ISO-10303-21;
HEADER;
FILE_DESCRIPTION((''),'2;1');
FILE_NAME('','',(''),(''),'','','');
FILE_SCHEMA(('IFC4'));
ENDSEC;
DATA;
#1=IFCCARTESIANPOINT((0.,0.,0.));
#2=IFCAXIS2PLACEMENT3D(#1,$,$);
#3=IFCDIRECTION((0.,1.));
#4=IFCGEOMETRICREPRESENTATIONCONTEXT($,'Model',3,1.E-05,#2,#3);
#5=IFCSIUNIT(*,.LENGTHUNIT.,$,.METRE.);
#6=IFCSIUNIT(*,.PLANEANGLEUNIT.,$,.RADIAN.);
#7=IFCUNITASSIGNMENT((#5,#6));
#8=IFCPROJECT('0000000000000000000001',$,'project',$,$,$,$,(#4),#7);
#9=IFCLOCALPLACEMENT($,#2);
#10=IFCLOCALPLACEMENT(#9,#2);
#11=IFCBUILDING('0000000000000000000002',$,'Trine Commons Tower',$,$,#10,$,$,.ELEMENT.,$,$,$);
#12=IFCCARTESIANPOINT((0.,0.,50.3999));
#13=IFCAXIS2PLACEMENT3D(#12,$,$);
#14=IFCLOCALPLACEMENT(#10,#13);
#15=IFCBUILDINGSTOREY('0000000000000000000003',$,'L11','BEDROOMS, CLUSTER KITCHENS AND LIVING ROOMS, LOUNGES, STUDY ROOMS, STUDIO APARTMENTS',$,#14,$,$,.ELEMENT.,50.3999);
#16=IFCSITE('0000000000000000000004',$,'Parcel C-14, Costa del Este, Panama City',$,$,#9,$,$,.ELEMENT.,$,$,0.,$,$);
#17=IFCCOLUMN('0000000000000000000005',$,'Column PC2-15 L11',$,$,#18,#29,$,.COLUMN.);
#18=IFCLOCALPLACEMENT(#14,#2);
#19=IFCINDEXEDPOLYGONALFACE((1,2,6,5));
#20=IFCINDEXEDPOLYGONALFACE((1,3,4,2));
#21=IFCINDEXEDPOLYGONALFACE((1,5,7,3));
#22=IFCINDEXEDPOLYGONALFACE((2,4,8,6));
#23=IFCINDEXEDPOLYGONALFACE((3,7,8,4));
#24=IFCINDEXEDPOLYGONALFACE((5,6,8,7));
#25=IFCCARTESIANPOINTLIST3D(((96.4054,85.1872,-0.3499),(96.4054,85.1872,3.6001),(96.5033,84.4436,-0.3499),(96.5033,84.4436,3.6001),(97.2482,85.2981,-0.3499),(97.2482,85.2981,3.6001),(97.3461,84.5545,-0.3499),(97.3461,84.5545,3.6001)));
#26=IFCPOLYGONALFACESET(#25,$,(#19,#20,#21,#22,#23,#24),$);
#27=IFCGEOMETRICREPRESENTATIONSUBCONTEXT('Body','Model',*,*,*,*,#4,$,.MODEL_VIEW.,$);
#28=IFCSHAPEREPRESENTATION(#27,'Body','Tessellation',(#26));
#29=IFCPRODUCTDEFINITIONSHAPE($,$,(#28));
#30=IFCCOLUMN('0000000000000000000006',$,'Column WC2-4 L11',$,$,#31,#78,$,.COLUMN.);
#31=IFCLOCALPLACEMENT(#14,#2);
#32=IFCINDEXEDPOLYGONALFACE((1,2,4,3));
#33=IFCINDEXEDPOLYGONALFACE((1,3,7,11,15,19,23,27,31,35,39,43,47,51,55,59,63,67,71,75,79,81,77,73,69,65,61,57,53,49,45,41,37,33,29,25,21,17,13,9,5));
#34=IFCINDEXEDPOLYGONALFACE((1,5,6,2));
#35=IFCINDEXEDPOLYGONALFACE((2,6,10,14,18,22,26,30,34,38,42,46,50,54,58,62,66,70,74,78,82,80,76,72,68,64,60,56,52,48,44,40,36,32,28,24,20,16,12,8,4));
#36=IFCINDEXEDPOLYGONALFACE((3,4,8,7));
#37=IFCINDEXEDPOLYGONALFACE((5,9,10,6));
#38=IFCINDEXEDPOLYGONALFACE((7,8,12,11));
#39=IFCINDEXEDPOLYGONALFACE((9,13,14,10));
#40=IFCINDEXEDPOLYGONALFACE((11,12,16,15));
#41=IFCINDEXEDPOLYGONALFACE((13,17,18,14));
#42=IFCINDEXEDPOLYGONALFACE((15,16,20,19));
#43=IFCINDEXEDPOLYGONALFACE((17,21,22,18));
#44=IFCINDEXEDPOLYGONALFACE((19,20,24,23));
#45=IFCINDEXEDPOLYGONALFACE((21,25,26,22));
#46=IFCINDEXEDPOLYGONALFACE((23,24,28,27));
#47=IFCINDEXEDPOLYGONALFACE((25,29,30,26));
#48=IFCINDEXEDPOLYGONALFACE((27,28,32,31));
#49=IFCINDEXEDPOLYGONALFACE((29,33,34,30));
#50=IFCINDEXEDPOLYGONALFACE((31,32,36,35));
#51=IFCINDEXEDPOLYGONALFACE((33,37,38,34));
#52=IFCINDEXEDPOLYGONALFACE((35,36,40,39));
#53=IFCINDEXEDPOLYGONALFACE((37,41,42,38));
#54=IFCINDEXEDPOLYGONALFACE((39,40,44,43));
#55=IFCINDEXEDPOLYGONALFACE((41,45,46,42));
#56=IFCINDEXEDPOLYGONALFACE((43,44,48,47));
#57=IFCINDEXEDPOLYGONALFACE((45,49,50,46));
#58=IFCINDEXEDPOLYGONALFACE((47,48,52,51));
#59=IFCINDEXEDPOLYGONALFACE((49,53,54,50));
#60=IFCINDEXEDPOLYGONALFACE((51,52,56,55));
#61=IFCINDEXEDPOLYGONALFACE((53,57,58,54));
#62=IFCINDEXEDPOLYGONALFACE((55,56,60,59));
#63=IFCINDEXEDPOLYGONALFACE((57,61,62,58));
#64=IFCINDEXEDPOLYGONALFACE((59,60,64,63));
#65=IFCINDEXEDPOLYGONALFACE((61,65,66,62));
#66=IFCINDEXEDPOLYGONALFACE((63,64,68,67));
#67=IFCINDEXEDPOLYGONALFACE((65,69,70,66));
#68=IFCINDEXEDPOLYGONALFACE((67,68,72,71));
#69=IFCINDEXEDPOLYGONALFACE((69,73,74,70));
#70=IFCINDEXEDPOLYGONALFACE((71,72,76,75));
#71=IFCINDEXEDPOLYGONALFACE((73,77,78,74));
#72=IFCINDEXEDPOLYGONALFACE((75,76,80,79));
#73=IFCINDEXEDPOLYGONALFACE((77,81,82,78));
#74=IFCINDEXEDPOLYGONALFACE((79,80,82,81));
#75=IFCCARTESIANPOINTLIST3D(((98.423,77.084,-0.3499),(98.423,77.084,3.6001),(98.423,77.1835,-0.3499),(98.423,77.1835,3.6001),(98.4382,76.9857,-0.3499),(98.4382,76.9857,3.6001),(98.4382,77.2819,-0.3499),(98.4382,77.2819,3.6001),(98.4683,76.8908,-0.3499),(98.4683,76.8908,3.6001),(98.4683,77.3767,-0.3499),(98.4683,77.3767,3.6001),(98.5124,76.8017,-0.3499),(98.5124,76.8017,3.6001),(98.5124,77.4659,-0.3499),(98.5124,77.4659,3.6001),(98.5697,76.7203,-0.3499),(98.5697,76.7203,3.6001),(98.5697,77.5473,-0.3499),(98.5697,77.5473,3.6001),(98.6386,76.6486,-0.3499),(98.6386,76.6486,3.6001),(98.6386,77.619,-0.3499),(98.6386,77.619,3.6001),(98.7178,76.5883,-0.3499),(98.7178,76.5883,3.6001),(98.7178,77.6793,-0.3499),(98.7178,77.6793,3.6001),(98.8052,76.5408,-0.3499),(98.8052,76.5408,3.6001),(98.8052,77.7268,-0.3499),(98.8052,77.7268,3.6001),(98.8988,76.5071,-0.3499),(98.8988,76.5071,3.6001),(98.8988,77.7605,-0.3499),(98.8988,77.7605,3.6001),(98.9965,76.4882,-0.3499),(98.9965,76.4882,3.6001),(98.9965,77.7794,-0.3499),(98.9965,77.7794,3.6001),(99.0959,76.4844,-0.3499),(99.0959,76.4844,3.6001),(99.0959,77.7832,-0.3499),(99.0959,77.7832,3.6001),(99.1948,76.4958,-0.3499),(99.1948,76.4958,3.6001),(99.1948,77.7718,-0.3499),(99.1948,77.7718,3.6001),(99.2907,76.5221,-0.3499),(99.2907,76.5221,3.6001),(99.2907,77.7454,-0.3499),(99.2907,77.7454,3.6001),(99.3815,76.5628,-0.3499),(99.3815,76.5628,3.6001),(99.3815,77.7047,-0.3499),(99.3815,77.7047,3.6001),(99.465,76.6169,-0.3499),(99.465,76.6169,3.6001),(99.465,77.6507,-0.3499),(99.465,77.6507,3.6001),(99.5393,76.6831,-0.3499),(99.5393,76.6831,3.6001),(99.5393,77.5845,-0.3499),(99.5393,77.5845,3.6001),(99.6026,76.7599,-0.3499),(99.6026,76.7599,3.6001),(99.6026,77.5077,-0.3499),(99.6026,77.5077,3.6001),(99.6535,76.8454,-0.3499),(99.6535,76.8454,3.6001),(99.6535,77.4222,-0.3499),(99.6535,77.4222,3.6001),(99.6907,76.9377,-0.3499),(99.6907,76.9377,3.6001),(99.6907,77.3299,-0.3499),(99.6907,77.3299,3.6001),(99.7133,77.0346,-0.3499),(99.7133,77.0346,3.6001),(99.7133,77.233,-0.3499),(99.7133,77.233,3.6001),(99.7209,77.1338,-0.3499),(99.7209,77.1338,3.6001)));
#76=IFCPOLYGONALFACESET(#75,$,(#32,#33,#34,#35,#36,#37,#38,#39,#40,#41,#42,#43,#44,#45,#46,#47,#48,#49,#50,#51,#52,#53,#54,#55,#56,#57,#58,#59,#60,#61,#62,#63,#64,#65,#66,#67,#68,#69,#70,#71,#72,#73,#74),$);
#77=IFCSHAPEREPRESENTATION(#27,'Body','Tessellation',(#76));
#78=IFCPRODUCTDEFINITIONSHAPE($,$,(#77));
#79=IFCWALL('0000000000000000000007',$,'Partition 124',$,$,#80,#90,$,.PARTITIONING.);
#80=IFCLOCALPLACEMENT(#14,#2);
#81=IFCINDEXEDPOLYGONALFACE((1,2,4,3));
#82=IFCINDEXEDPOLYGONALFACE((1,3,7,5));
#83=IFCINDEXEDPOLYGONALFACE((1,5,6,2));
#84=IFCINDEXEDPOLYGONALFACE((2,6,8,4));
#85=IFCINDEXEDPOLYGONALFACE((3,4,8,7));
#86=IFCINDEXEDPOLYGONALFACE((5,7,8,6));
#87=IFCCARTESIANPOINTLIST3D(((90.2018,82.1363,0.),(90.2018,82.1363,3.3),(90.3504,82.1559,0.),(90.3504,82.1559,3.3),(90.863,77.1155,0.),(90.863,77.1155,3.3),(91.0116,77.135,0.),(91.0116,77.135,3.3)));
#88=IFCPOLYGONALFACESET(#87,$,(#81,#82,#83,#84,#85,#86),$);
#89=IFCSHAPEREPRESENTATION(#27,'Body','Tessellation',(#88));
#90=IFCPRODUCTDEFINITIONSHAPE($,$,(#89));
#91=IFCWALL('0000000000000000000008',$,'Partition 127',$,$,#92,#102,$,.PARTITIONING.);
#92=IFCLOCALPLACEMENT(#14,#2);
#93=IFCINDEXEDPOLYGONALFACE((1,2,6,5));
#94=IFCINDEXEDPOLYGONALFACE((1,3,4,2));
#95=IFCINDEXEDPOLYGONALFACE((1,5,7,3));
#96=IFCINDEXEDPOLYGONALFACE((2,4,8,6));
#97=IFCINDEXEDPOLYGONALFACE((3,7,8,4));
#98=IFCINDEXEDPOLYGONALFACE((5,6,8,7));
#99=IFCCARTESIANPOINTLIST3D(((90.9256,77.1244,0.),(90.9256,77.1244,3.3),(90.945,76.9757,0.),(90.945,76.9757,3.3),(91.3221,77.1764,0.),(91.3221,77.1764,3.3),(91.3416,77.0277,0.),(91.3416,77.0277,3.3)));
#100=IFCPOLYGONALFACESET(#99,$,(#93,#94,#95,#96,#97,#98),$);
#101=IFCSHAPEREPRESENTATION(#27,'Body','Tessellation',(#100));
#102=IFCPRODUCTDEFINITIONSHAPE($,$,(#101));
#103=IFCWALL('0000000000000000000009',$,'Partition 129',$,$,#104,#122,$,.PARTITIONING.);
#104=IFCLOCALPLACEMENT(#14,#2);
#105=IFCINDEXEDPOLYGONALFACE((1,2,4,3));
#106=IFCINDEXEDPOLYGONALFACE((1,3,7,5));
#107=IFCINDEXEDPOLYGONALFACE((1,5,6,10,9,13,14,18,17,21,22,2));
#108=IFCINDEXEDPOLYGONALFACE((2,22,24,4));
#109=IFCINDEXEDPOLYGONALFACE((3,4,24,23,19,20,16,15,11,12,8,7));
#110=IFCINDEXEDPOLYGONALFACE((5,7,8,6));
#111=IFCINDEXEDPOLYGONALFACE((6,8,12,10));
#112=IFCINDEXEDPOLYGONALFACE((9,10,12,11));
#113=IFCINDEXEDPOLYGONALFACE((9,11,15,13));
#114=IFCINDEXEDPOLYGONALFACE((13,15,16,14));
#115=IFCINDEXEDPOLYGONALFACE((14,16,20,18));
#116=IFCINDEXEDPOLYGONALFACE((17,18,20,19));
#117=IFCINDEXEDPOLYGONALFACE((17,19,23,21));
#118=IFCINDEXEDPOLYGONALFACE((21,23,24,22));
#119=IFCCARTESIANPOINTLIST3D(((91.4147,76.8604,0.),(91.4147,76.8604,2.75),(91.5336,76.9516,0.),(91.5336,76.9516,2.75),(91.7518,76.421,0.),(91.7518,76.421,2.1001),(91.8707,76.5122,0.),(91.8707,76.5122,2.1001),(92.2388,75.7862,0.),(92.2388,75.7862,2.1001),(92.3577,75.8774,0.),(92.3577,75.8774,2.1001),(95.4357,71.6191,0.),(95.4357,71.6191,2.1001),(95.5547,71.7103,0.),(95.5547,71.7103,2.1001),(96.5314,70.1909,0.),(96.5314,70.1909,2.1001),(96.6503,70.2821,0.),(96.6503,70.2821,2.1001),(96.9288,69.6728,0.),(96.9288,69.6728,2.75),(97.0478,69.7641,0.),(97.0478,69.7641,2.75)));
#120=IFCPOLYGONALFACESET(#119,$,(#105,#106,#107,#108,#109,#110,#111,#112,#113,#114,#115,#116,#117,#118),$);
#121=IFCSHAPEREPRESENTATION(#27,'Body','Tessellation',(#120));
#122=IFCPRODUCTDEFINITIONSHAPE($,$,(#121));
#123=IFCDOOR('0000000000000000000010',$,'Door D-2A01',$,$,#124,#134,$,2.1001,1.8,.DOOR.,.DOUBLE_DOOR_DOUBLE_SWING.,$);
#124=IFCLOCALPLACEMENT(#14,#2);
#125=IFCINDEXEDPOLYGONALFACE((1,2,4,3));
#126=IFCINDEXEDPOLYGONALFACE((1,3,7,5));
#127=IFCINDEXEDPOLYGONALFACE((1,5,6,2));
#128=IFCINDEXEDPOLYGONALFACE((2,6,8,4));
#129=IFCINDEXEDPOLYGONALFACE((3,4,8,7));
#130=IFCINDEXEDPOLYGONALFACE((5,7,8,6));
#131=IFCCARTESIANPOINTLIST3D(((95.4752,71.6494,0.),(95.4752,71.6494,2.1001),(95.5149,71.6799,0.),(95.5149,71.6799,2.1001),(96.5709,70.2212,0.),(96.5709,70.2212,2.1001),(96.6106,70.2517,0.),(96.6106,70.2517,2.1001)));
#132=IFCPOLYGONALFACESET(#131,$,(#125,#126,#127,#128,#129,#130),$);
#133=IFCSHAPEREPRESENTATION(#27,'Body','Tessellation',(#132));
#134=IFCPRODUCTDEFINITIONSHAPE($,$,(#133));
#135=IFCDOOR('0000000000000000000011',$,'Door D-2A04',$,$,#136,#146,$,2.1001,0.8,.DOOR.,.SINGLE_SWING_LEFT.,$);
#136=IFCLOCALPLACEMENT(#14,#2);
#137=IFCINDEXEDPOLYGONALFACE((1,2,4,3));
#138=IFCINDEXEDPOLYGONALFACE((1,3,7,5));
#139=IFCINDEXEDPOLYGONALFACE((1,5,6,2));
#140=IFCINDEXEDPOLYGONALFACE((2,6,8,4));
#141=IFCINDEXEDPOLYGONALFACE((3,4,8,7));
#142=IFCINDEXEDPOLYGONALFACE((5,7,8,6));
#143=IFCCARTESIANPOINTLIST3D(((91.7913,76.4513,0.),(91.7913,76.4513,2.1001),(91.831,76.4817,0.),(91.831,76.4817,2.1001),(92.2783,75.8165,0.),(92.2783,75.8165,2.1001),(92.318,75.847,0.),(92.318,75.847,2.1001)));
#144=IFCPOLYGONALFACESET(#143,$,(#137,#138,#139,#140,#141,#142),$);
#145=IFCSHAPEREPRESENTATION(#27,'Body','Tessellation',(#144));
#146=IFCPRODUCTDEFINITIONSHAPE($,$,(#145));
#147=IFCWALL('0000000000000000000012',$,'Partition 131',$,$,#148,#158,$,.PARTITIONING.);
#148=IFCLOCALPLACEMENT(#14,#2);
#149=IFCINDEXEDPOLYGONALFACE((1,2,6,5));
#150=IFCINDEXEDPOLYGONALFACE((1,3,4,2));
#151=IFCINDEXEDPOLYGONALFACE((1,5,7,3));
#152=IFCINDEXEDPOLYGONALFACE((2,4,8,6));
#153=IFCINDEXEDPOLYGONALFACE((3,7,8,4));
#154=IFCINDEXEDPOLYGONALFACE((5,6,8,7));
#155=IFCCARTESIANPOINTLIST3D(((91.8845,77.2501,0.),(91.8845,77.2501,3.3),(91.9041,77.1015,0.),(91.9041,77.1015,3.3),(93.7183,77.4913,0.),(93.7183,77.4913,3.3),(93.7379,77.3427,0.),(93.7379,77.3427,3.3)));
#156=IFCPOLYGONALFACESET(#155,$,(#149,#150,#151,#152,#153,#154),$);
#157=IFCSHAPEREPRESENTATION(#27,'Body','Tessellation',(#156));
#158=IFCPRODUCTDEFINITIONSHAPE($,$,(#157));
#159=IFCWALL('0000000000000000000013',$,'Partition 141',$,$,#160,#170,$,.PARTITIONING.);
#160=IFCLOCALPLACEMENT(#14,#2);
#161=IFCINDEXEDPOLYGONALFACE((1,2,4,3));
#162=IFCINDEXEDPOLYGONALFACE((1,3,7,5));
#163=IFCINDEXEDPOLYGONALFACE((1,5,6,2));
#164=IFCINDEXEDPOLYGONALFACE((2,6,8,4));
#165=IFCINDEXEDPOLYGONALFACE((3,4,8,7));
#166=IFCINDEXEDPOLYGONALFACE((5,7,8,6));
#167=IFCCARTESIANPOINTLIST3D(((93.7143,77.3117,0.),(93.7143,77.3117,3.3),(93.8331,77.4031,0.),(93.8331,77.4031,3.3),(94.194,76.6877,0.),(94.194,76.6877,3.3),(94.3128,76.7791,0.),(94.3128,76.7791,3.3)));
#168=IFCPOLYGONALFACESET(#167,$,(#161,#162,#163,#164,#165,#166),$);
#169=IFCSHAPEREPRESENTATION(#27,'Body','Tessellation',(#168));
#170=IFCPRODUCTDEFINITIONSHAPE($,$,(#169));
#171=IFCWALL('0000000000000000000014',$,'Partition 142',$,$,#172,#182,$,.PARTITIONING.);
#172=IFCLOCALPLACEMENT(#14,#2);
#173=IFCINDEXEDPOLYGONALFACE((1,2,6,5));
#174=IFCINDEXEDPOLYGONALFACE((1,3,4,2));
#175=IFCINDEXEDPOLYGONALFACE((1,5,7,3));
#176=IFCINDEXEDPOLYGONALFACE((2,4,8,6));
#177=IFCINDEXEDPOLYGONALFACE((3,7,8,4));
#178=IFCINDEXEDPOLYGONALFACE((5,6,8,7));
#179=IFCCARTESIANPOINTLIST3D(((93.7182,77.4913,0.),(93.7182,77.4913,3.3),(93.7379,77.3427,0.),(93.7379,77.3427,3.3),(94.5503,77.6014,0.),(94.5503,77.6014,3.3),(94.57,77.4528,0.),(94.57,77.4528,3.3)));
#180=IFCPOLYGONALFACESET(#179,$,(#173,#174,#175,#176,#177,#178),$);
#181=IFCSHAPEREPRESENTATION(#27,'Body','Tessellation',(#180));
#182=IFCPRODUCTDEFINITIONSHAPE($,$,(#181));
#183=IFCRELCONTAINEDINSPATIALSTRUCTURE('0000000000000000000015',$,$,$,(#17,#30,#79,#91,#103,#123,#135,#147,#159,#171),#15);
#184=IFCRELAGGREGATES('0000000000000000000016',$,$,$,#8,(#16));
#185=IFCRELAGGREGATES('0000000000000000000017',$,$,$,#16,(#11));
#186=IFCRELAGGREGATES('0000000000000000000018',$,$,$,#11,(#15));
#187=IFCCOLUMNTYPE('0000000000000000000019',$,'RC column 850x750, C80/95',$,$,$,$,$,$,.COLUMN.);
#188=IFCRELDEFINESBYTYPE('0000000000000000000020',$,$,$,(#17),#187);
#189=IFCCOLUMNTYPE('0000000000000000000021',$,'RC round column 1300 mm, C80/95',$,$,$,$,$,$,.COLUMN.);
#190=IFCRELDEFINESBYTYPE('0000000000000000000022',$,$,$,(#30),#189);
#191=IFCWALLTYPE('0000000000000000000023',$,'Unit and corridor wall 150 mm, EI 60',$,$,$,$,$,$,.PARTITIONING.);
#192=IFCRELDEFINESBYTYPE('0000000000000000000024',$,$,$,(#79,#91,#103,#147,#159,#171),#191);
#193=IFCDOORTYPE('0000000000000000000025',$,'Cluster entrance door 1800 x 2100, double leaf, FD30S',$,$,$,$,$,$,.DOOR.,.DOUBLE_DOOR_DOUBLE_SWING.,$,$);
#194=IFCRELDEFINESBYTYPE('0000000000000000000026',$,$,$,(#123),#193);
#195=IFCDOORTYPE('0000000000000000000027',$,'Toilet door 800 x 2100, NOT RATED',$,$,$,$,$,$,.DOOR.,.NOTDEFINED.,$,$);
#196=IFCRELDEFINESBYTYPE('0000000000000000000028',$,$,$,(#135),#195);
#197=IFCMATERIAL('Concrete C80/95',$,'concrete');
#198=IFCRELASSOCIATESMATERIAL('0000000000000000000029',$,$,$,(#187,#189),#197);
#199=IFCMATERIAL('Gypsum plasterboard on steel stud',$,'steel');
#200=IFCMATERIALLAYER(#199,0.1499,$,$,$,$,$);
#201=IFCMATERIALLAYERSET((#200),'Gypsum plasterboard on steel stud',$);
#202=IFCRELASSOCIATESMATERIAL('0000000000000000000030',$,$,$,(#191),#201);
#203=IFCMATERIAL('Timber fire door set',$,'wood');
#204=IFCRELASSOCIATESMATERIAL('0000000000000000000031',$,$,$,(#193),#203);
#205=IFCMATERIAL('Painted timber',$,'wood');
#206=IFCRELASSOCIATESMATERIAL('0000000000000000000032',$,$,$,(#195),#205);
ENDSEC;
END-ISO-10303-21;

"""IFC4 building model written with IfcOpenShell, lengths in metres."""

from ifc_helpers import new_model, si_unit, direction, frame, frame_2d, origin, origin_2d, place, context, subcontext, project, spatial, rectangle, circle, extrude, material, layer, layer_set, material_profile, profile_set, type_object, element, fill, save


model = new_model("IFC4")

# Units and contexts
model_context = context("Model", 3, precision=1e-05, world=origin(), true_north=direction((0.0, 1.0)))
body_context = subcontext(model_context, "Body", "Model", "MODEL_VIEW")
ifc_project = project(units=[si_unit("LENGTHUNIT", "METRE"), si_unit("PLANEANGLEUNIT", "RADIAN")], contexts=[model_context])

# Site, building, storey
site_placement = place(None, origin())
site = spatial("IfcSite", under=ifc_project, at=site_placement, Name="Parcel C-14, Costa del Este, Panama City", CompositionType="ELEMENT", RefElevation=0.0)
building_placement = place(site_placement, origin())
building = spatial("IfcBuilding", under=site, at=building_placement, Name="Trine Commons Tower", CompositionType="ELEMENT")
storey_placement = place(building_placement, frame((0.0, 0.0, 50.3999)))
storey = spatial("IfcBuildingStorey", under=building, at=storey_placement, Name="L11", Description="BEDROOMS, CLUSTER KITCHENS AND LIVING ROOMS, LOUNGES, STUDY ROOMS, STUDIO APARTMENTS", CompositionType="ELEMENT", Elevation=50.3999)

# Columns
ifc_material_1 = material(Name="Concrete C80/95", Category="concrete")
ifc_material_profile_1 = material_profile(ifc_material_1, rectangle(XDim=0.8501, YDim=0.75, at=origin_2d()), Name="RC 850x750")
ifc_profile_set_1 = profile_set([ifc_material_profile_1], Name="Concrete C80/95")
column_type_1 = type_object("IfcColumnType", Name="RC column 850x750, C80/95", PredefinedType="COLUMN", material=ifc_profile_set_1)
column_1_placement = place(storey_placement, frame((96.8757, 84.8708, -0.3499), z_axis=(0.0, 0.0, 1.0), x_axis=(0.991445, 0.130526, 0.0)))
element("IfcColumn", 1, at=column_1_placement, inside=storey, type_object=column_type_1, Name="Column PC2-15 L11", PredefinedType="COLUMN", context=body_context, shape_type="SweptSolid", body=[
    extrude(rectangle(XDim=0.8501, YDim=0.75, at=origin_2d()), origin(), (0.0, 0.0, 1.0), 3.95),
])
ifc_material_profile_2 = material_profile(ifc_material_1, circle(Radius=0.6499, at=origin_2d()), Name="RC round 1300")
ifc_profile_set_2 = profile_set([ifc_material_profile_2], Name="Concrete C80/95")
column_type_2 = type_object("IfcColumnType", Name="RC round column 1300 mm, C80/95", PredefinedType="COLUMN", material=ifc_profile_set_2)
column_2_placement = place(storey_placement, frame((99.071, 77.1338, -0.3499), z_axis=(0.0, 0.0, 1.0), x_axis=(1.0, 0.0, 0.0)))
element("IfcColumn", 2, at=column_2_placement, inside=storey, type_object=column_type_2, Name="Column WC2-4 L11", PredefinedType="COLUMN", context=body_context, shape_type="SweptSolid", body=[
    extrude(circle(Radius=0.6499, at=origin_2d()), origin(), (0.0, 0.0, 1.0), 3.95),
])

# Walls
ifc_material_2 = material(Name="Gypsum plasterboard on steel stud", Category="steel")
ifc_layer_1 = layer(ifc_material_2, 0.1499)
ifc_layer_set_1 = layer_set([ifc_layer_1], Name="Gypsum plasterboard on steel stud")
wall_type_1 = type_object("IfcWallType", Name="Unit and corridor wall 150 mm, EI 60", PredefinedType="PARTITIONING", material=ifc_layer_set_1)
wall_1_placement = place(storey_placement, frame((90.2761, 82.1462, 0.0), z_axis=(0.0, 0.0, 1.0), x_axis=(0.130553, -0.991441, 0.0)))
element("IfcWall", 3, at=wall_1_placement, inside=storey, type_object=wall_type_1, Name="Partition 124", PredefinedType="PARTITIONING", context=body_context, shape_type="SweptSolid", body=[
    extrude(rectangle(XDim=5.0642, YDim=0.1499, at=frame_2d((2.5322, 0.0))), origin(), (0.0, 0.0, 1.0), 3.3),
])
wall_2_placement = place(storey_placement, frame((90.9353, 77.05, 0.0), z_axis=(0.0, 0.0, 1.0), x_axis=(0.991508, 0.130044, 0.0)))
element("IfcWall", 4, at=wall_2_placement, inside=storey, type_object=wall_type_1, Name="Partition 127", PredefinedType="PARTITIONING", context=body_context, shape_type="SweptSolid", body=[
    extrude(rectangle(XDim=0.3999, YDim=0.1499, at=frame_2d((0.2, 0.0))), origin(), (0.0, 0.0, 1.0), 3.3),
])

# Wall, openings, doors
wall_3_placement = place(storey_placement, frame((91.4741, 76.906, 0.0), z_axis=(0.0, 0.0, 1.0), x_axis=(0.608692, -0.793407, 0.0)))
wall_3 = element("IfcWall", 5, at=wall_3_placement, inside=storey, type_object=wall_type_1, Name="Partition 129", PredefinedType="PARTITIONING", context=body_context, shape_type="SweptSolid", body=[
    extrude(rectangle(XDim=9.0591, YDim=0.1499, at=frame_2d((4.5295, 0.0))), origin(), (0.0, 0.0, 1.0), 2.75),
])
opening_1_placement = place(wall_3_placement, frame((6.6062, 0.0, 0.0)))
opening_1 = element("IfcOpeningElement", 6, at=opening_1_placement, cuts=wall_3, PredefinedType="OPENING", context=body_context, shape_type="SweptSolid", body=[
    extrude(rectangle(XDim=1.8, YDim=2.1001, at=frame_2d((0.8999, 1.05))), frame((0.0, 0.085, 0.0), z_axis=(0.0, -1.0, 0.0), x_axis=(1.0, 0.0, 0.0)), (0.0, 0.0, 1.0), 0.1699),
])
opening_2_placement = place(wall_3_placement, frame((0.554, 0.0, 0.0)))
opening_2 = element("IfcOpeningElement", 7, at=opening_2_placement, cuts=wall_3, PredefinedType="OPENING", context=body_context, shape_type="SweptSolid", body=[
    extrude(rectangle(XDim=0.8, YDim=2.1001, at=frame_2d((0.3999, 1.05))), frame((0.0, 0.085, 0.0), z_axis=(0.0, -1.0, 0.0), x_axis=(1.0, 0.0, 0.0)), (0.0, 0.0, 1.0), 0.1699),
])
ifc_material_3 = material(Name="Timber fire door set", Category="wood")
door_type_1 = type_object("IfcDoorType", Name="Cluster entrance door 1800 x 2100, double leaf, FD30S", OperationType="DOUBLE_DOOR_DOUBLE_SWING", PredefinedType="DOOR", material=ifc_material_3)
door_1_placement = place(opening_1_placement, origin())
door_1 = element("IfcDoor", 8, at=door_1_placement, inside=storey, type_object=door_type_1, Name="Door D-2A01", OperationType="DOUBLE_DOOR_DOUBLE_SWING", OverallHeight=2.1001, OverallWidth=1.8, PredefinedType="DOOR", context=body_context, shape_type="SweptSolid", body=[
    extrude(rectangle(XDim=1.8, YDim=2.1001, at=frame_2d((0.8999, 1.05))), frame((0.0, 0.0249, 0.0), z_axis=(0.0, -1.0, 0.0), x_axis=(1.0, 0.0, 0.0)), (0.0, 0.0, 1.0), 0.05),
])
fill(opening_1, door_1)
ifc_material_4 = material(Name="Painted timber", Category="wood")
door_type_2 = type_object("IfcDoorType", Name="Toilet door 800 x 2100, NOT RATED", OperationType="NOTDEFINED", PredefinedType="DOOR", material=ifc_material_4)
door_2_placement = place(opening_2_placement, origin())
door_2 = element("IfcDoor", 9, at=door_2_placement, inside=storey, type_object=door_type_2, Name="Door D-2A04", OperationType="SINGLE_SWING_LEFT", OverallHeight=2.1001, OverallWidth=0.8, PredefinedType="DOOR", context=body_context, shape_type="SweptSolid", body=[
    extrude(rectangle(XDim=0.8, YDim=2.1001, at=frame_2d((0.3999, 1.05))), frame((0.0, 0.0249, 0.0), z_axis=(0.0, -1.0, 0.0), x_axis=(1.0, 0.0, 0.0)), (0.0, 0.0, 1.0), 0.05),
])
fill(opening_2, door_2)

# Walls
wall_4_placement = place(storey_placement, frame((91.8943, 77.1758, 0.0), z_axis=(0.0, 0.0, 1.0), x_axis=(0.991459, 0.130417, 0.0)))
element("IfcWall", 10, at=wall_4_placement, inside=storey, type_object=wall_type_1, Name="Partition 131", PredefinedType="PARTITIONING", context=body_context, shape_type="SweptSolid", body=[
    extrude(rectangle(XDim=1.8496, YDim=0.1499, at=frame_2d((0.9248, 0.0))), origin(), (0.0, 0.0, 1.0), 3.3),
])
wall_5_placement = place(storey_placement, frame((93.7737, 77.3574, 0.0), z_axis=(0.0, 0.0, 1.0), x_axis=(0.609486, -0.792797, 0.0)))
element("IfcWall", 11, at=wall_5_placement, inside=storey, type_object=wall_type_1, Name="Partition 141", PredefinedType="PARTITIONING", context=body_context, shape_type="SweptSolid", body=[
    extrude(rectangle(XDim=0.7871, YDim=0.1499, at=frame_2d((0.3936, 0.0))), origin(), (0.0, 0.0, 1.0), 3.3),
])
wall_6_placement = place(storey_placement, frame((93.728, 77.417, 0.0), z_axis=(0.0, 0.0, 1.0), x_axis=(0.991357, 0.131192, 0.0)))
element("IfcWall", 12, at=wall_6_placement, inside=storey, type_object=wall_type_1, Name="Partition 142", PredefinedType="PARTITIONING", context=body_context, shape_type="SweptSolid", body=[
    extrude(rectangle(XDim=0.8394, YDim=0.1499, at=frame_2d((0.4197, 0.0))), origin(), (0.0, 0.0, 1.0), 3.3),
])

save(model, "model.ifc")
